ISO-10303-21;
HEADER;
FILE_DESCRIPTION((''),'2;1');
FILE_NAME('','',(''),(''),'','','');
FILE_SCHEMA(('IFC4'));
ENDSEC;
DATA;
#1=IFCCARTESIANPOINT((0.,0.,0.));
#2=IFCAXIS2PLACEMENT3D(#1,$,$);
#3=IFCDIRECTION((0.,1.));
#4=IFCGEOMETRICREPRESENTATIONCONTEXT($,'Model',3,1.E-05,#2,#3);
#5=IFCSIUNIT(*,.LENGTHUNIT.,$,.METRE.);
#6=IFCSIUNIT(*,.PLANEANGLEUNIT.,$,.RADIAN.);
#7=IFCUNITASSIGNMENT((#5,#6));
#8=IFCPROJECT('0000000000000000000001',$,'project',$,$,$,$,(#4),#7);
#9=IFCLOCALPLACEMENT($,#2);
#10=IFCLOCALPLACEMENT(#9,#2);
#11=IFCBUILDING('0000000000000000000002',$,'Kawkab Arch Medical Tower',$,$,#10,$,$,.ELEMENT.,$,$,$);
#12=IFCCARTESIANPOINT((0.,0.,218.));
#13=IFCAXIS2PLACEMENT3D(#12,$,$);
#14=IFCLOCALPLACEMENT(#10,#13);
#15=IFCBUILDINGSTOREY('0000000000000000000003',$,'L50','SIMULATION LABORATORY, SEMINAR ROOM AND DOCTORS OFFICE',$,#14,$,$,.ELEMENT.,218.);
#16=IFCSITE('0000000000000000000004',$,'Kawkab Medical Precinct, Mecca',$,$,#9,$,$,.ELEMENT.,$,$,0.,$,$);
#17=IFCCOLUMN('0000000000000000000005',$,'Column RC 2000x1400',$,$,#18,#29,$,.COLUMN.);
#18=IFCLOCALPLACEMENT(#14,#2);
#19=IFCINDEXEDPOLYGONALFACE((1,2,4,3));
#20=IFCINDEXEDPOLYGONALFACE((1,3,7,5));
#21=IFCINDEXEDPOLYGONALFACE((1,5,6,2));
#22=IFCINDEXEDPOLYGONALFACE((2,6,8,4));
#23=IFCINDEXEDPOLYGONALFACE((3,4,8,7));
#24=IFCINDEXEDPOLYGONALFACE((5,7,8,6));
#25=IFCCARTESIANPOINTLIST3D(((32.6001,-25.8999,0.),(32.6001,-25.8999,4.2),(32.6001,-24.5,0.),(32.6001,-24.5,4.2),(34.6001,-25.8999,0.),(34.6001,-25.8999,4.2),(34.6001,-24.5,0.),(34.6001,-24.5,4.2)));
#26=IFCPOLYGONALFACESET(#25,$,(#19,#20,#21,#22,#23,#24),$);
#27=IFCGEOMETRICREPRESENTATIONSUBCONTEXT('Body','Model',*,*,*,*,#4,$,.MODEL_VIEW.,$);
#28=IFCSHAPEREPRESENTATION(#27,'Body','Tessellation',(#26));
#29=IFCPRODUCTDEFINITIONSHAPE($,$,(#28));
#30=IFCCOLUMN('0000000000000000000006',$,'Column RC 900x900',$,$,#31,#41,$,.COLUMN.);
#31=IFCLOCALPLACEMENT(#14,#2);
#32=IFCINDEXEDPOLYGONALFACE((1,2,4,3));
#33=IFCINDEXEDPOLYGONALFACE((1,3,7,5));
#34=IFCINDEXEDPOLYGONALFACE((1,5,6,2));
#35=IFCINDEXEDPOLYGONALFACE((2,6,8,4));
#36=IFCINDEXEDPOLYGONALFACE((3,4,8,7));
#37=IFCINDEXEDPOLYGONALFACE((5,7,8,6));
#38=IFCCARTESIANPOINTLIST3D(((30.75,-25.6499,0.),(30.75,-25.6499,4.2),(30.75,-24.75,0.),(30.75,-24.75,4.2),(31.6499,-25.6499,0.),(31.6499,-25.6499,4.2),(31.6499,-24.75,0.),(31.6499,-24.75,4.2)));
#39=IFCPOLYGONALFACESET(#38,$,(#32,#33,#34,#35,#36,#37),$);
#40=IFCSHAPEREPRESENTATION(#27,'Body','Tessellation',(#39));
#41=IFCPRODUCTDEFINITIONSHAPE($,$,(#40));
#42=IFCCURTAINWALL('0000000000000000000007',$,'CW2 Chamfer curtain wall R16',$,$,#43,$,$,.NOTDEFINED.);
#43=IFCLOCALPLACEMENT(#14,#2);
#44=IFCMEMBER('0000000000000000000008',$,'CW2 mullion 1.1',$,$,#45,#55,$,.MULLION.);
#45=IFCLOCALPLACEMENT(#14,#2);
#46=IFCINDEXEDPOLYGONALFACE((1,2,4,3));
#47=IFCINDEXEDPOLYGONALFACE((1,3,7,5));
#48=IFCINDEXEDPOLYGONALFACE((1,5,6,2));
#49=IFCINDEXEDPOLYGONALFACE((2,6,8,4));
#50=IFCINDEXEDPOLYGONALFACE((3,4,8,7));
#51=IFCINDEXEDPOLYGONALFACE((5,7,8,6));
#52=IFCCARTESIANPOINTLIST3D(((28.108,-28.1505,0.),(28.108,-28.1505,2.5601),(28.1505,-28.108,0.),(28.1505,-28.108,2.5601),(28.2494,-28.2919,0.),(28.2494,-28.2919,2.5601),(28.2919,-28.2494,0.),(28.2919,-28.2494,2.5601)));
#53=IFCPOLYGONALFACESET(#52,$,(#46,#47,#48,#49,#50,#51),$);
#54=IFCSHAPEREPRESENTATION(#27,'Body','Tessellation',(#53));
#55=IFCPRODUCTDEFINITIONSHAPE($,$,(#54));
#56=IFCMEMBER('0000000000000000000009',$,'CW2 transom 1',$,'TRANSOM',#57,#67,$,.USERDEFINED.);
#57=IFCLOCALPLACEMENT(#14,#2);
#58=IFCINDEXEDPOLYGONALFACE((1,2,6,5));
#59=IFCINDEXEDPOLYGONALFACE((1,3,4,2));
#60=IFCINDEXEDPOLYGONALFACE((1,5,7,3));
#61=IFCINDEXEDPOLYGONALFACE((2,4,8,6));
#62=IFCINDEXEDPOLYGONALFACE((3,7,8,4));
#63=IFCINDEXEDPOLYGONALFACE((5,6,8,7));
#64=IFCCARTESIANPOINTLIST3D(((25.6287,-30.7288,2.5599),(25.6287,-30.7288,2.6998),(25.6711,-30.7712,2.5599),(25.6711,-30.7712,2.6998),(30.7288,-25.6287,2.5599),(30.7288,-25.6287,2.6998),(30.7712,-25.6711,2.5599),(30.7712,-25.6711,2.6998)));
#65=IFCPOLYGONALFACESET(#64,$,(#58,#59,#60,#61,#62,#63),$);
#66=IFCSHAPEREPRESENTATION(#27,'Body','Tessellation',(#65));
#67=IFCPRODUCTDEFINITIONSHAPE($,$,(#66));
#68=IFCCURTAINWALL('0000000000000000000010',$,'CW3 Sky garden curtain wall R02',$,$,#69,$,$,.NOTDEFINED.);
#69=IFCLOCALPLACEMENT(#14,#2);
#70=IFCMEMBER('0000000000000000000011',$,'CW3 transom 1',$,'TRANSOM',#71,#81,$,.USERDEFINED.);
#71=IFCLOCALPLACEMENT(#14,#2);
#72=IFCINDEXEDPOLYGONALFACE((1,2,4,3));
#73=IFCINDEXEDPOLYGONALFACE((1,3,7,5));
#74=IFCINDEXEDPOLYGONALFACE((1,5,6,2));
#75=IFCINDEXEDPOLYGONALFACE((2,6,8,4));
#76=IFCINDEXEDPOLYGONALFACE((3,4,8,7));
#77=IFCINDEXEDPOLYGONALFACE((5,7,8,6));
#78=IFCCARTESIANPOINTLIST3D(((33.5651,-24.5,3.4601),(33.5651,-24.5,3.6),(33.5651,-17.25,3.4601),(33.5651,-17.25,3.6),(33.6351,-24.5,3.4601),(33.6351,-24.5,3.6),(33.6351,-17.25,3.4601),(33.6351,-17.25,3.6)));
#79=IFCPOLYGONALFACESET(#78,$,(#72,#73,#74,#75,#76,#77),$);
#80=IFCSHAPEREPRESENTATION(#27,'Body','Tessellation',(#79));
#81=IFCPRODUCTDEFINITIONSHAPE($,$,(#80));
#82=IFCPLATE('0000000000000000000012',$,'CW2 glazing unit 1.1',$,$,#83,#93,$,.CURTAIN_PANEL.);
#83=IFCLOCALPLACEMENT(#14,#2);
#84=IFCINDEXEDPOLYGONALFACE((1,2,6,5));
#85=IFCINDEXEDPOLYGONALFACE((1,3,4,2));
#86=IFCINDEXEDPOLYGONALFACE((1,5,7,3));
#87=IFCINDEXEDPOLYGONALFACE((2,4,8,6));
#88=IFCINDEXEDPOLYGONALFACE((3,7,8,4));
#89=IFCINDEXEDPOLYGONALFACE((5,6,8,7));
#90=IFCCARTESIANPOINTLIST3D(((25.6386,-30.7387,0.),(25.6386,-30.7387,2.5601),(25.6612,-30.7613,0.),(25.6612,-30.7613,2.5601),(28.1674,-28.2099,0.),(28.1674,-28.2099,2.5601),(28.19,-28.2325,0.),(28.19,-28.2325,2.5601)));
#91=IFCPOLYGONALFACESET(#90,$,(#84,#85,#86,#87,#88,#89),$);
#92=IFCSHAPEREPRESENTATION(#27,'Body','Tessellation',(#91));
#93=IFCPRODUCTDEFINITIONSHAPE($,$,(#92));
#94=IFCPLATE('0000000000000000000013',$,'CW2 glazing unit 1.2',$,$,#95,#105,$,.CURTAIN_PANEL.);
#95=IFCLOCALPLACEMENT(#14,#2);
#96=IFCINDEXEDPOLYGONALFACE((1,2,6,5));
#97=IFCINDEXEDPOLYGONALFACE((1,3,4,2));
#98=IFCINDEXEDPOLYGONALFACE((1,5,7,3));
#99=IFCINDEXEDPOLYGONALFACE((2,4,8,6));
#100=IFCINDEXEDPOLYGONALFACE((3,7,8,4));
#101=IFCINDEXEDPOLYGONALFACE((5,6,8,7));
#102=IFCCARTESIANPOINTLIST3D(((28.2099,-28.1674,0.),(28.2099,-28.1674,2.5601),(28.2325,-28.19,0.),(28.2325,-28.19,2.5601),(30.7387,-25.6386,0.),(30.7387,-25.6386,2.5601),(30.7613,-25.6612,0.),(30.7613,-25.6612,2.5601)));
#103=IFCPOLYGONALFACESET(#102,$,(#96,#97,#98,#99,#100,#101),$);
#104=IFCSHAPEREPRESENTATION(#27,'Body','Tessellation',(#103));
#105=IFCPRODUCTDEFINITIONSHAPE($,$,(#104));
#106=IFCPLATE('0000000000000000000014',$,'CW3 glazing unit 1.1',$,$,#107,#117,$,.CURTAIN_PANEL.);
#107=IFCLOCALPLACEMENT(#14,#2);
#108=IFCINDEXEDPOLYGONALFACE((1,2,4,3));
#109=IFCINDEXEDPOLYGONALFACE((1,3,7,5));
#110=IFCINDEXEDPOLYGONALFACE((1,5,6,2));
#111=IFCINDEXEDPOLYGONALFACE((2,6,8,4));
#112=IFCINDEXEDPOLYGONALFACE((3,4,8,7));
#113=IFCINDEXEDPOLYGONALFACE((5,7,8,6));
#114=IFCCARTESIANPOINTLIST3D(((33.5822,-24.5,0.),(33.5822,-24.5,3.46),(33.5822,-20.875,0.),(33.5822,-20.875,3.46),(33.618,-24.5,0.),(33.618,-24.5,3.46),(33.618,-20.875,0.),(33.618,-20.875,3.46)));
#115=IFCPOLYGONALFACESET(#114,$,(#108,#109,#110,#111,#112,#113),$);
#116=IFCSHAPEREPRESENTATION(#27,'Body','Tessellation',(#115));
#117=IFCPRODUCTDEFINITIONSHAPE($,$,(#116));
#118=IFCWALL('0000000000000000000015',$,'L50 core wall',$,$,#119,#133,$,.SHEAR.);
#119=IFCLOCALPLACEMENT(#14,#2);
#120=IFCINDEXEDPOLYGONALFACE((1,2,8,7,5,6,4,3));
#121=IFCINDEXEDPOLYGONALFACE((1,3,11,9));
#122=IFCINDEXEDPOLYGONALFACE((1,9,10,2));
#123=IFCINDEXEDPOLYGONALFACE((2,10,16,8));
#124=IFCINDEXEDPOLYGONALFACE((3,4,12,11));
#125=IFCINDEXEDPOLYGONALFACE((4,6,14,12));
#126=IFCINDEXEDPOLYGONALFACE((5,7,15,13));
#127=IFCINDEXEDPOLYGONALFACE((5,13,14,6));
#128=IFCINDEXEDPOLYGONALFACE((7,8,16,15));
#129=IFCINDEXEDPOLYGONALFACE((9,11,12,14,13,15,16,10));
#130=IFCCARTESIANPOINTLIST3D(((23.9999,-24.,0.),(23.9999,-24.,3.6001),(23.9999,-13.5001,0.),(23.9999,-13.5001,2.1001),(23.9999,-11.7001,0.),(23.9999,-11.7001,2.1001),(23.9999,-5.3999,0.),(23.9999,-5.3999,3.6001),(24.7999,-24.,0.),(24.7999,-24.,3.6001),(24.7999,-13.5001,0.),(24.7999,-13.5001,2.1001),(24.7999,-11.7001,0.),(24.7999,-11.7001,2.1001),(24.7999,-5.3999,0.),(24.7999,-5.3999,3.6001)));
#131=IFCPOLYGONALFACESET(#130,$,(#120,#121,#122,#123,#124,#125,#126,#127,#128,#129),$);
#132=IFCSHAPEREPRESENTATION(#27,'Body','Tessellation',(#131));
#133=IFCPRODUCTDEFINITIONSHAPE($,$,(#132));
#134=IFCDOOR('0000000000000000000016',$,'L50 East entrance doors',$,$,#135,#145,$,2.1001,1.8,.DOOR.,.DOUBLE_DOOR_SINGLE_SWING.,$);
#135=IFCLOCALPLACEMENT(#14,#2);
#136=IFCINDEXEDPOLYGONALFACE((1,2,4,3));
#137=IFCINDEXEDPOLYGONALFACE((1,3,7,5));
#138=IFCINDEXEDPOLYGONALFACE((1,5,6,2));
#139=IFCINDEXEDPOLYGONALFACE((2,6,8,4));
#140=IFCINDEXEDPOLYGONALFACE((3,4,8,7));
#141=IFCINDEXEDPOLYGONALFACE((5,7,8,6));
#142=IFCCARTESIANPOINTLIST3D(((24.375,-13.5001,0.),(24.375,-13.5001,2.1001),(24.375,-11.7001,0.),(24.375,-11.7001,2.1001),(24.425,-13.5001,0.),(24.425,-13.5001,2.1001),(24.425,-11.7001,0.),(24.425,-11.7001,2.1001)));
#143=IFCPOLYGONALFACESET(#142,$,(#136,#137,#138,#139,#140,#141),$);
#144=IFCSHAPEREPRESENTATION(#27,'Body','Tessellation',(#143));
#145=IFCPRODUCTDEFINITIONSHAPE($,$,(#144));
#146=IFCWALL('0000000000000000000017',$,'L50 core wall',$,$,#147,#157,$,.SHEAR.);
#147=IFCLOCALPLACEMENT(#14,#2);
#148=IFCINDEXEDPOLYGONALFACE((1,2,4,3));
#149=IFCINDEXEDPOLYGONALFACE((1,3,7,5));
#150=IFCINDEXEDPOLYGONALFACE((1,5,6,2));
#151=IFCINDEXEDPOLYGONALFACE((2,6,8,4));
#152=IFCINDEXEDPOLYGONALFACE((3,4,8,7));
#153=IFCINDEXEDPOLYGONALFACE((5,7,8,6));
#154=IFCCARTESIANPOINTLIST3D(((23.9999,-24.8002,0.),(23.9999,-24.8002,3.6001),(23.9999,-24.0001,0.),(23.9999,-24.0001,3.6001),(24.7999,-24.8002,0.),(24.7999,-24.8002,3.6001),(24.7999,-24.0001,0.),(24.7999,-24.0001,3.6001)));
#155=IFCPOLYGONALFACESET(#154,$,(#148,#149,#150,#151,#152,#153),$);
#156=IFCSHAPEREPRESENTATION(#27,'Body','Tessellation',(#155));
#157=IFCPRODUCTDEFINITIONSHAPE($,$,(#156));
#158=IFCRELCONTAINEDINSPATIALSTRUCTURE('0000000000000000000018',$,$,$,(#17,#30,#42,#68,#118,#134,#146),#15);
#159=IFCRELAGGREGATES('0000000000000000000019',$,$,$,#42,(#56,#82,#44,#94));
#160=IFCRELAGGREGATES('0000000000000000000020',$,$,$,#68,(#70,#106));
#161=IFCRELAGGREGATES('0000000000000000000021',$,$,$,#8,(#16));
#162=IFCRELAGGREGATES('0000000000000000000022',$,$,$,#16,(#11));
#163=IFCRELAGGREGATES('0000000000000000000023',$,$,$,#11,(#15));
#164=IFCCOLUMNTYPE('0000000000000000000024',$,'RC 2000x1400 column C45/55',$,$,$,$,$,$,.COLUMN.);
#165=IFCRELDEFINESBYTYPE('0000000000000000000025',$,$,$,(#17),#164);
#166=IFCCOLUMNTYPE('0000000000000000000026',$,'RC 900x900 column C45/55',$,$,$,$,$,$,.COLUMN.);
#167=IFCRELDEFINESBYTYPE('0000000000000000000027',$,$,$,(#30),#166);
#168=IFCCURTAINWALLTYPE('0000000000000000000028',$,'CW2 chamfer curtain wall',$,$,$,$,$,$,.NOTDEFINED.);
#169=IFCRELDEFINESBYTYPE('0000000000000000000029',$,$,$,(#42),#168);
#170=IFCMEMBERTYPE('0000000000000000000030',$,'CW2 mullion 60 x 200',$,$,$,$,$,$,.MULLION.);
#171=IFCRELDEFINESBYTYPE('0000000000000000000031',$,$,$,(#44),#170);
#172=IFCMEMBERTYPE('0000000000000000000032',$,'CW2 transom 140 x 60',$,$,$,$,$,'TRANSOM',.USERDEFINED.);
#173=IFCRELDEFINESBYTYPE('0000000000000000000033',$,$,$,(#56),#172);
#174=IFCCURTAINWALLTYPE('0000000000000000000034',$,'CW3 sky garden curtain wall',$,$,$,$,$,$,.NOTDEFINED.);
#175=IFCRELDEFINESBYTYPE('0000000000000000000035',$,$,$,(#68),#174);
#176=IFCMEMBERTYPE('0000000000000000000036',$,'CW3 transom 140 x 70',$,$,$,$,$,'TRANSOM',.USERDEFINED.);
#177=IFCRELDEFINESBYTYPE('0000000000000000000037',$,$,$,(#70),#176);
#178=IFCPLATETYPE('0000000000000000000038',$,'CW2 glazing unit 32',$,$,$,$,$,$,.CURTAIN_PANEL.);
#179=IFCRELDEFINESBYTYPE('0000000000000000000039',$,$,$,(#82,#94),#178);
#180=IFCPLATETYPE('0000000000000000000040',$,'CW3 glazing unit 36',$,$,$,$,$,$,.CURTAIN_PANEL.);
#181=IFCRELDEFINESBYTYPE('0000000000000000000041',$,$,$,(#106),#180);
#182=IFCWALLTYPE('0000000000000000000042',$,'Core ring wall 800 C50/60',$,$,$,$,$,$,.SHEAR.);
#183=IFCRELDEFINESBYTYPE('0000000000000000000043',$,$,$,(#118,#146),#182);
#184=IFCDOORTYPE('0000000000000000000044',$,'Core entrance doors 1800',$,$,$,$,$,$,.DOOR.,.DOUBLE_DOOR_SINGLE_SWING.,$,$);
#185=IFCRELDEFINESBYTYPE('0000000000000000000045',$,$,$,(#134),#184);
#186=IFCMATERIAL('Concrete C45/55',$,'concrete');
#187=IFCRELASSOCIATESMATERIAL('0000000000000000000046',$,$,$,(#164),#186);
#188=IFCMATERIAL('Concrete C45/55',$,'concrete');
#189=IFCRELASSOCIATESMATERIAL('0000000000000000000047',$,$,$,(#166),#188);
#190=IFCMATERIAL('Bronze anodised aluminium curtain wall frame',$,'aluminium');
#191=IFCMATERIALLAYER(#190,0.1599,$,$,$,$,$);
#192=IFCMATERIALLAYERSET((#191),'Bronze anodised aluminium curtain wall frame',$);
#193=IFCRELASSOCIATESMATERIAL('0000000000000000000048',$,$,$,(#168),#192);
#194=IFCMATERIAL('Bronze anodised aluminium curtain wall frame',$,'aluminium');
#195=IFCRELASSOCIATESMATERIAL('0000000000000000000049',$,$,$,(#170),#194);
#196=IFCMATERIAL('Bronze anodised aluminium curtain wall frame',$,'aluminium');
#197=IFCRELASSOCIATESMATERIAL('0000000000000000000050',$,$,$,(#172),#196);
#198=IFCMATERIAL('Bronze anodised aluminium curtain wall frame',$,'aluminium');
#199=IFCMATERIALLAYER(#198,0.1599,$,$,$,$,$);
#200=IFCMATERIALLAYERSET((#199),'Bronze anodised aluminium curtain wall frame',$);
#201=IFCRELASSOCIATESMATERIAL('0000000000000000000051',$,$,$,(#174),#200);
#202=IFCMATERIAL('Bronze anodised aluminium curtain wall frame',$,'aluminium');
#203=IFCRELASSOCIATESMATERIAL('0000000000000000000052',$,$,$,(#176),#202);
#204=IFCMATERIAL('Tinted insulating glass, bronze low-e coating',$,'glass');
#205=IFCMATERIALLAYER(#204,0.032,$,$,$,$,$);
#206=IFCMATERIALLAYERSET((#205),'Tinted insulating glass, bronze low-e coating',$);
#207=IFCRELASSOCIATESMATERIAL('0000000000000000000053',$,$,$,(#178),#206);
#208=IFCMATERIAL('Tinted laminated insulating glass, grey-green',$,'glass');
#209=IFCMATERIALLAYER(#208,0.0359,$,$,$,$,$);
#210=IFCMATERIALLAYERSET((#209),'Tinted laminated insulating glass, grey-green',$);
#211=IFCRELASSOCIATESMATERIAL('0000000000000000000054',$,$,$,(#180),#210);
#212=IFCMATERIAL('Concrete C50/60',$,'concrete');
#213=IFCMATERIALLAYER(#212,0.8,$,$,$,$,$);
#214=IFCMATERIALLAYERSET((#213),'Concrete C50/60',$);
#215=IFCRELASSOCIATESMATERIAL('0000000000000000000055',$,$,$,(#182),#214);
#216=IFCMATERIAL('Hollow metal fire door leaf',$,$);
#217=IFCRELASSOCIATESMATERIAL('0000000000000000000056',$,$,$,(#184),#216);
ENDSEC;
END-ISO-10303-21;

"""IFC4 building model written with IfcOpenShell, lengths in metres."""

from ifc_helpers import new_model, si_unit, direction, frame, frame_2d, origin, origin_2d, place, context, subcontext, project, spatial, rectangle, extrude, material, layer, layer_set, material_profile, profile_set, type_object, element, fill, aggregate, save


model = new_model("IFC4")

# Units and contexts
model_context = context("Model", 3, precision=1e-05, world=origin(), true_north=direction((0.0, 1.0)))
body_context = subcontext(model_context, "Body", "Model", "MODEL_VIEW")
ifc_project = project(units=[si_unit("LENGTHUNIT", "METRE"), si_unit("PLANEANGLEUNIT", "RADIAN")], contexts=[model_context])

# Site, building, storey
site_placement = place(None, origin())
site = spatial("IfcSite", under=ifc_project, at=site_placement, Name="Kawkab Medical Precinct, Mecca", CompositionType="ELEMENT", RefElevation=0.0)
building_placement = place(site_placement, origin())
building = spatial("IfcBuilding", under=site, at=building_placement, Name="Kawkab Arch Medical Tower", CompositionType="ELEMENT")
storey_placement = place(building_placement, frame((0.0, 0.0, 218.0)))
storey = spatial("IfcBuildingStorey", under=building, at=storey_placement, Name="L50", Description="SIMULATION LABORATORY, SEMINAR ROOM AND DOCTORS OFFICE", CompositionType="ELEMENT", Elevation=218.0)

# Columns
ifc_material_1 = material(Name="Concrete C45/55", Category="concrete")
ifc_material_profile_1 = material_profile(ifc_material_1, rectangle(XDim=2.0, YDim=1.3999, at=origin_2d()), Name="RC 2000x1400")
ifc_profile_set_1 = profile_set([ifc_material_profile_1], Name="Concrete C45/55")
column_type_1 = type_object("IfcColumnType", Name="RC 2000x1400 column C45/55", PredefinedType="COLUMN", material=ifc_profile_set_1)
column_1_placement = place(storey_placement, frame((33.6001, -25.2, 0.0), z_axis=(0.0, 0.0, 1.0), x_axis=(-1.0, 0.0, 0.0)))
element("IfcColumn", 1, at=column_1_placement, inside=storey, type_object=column_type_1, Name="Column RC 2000x1400", PredefinedType="COLUMN", context=body_context, shape_type="SweptSolid", body=[
    extrude(rectangle(XDim=2.0, YDim=1.3999, at=origin_2d()), origin(), (0.0, 0.0, 1.0), 4.2),
])
ifc_material_2 = material(Name="Concrete C45/55", Category="concrete")
ifc_material_profile_2 = material_profile(ifc_material_2, rectangle(XDim=0.8999, YDim=0.8999, at=origin_2d()), Name="RC 900x900")
ifc_profile_set_2 = profile_set([ifc_material_profile_2], Name="Concrete C45/55")
column_type_2 = type_object("IfcColumnType", Name="RC 900x900 column C45/55", PredefinedType="COLUMN", material=ifc_profile_set_2)
column_2_placement = place(storey_placement, frame((31.2, -25.2, 0.0), z_axis=(0.0, 0.0, 1.0), x_axis=(1.0, 0.0, 0.0)))
element("IfcColumn", 2, at=column_2_placement, inside=storey, type_object=column_type_2, Name="Column RC 900x900", PredefinedType="COLUMN", context=body_context, shape_type="SweptSolid", body=[
    extrude(rectangle(XDim=0.8999, YDim=0.8999, at=origin_2d()), origin(), (0.0, 0.0, 1.0), 4.2),
])

# Curtain wall, members
ifc_material_3 = material(Name="Bronze anodised aluminium curtain wall frame", Category="aluminium")
ifc_layer_1 = layer(ifc_material_3, 0.1599)
ifc_layer_set_1 = layer_set([ifc_layer_1], Name="Bronze anodised aluminium curtain wall frame")
curtain_wall_type_1 = type_object("IfcCurtainWallType", Name="CW2 chamfer curtain wall", PredefinedType="NOTDEFINED", material=ifc_layer_set_1)
placement = place(storey_placement, origin())
curtain_wall_1 = element("IfcCurtainWall", 3, at=placement, inside=storey, type_object=curtain_wall_type_1, Name="CW2 Chamfer curtain wall R16", PredefinedType="NOTDEFINED")
ifc_material_4 = material(Name="Bronze anodised aluminium curtain wall frame", Category="aluminium")
ifc_material_profile_3 = material_profile(ifc_material_4, rectangle(XDim=0.2, YDim=0.0601, at=origin_2d()), Name="AL 60x200")
ifc_profile_set_3 = profile_set([ifc_material_profile_3], Name="Bronze anodised aluminium curtain wall frame")
member_type_1 = type_object("IfcMemberType", Name="CW2 mullion 60 x 200", PredefinedType="MULLION", material=ifc_profile_set_3)
member_1_placement = place(storey_placement, frame((28.2, -28.2, 0.0), z_axis=(0.0, 0.0, 1.0), x_axis=(-0.707107, 0.707107, 0.0)))
member_1 = element("IfcMember", 4, at=member_1_placement, type_object=member_type_1, Name="CW2 mullion 1.1", PredefinedType="MULLION", context=body_context, shape_type="SweptSolid", body=[
    extrude(rectangle(XDim=0.2, YDim=0.0601, at=origin_2d()), origin(), (0.0, 0.0, 1.0), 2.5601),
])
ifc_material_5 = material(Name="Bronze anodised aluminium curtain wall frame", Category="aluminium")
ifc_material_profile_4 = material_profile(ifc_material_5, rectangle(XDim=0.0601, YDim=0.1399, at=origin_2d()), Name="AL 60x140")
ifc_profile_set_4 = profile_set([ifc_material_profile_4], Name="Bronze anodised aluminium curtain wall frame")
member_type_2 = type_object("IfcMemberType", Name="CW2 transom 140 x 60", ElementType="TRANSOM", PredefinedType="USERDEFINED", material=ifc_profile_set_4)
member_2_placement = place(storey_placement, frame((25.6499, -30.75, 2.6299), z_axis=(0.707107, 0.707107, 0.0), x_axis=(-0.707107, 0.707107, 0.0)))
member_2 = element("IfcMember", 5, at=member_2_placement, type_object=member_type_2, Name="CW2 transom 1", ObjectType="TRANSOM", PredefinedType="USERDEFINED", context=body_context, shape_type="SweptSolid", body=[
    extrude(rectangle(XDim=0.0601, YDim=0.1399, at=origin_2d()), origin(), (0.0, 0.0, 1.0), 7.2126),
])

# Curtain wall, member
ifc_material_6 = material(Name="Bronze anodised aluminium curtain wall frame", Category="aluminium")
ifc_layer_2 = layer(ifc_material_6, 0.1599)
ifc_layer_set_2 = layer_set([ifc_layer_2], Name="Bronze anodised aluminium curtain wall frame")
curtain_wall_type_2 = type_object("IfcCurtainWallType", Name="CW3 sky garden curtain wall", PredefinedType="NOTDEFINED", material=ifc_layer_set_2)
curtain_wall_2 = element("IfcCurtainWall", 6, at=placement, inside=storey, type_object=curtain_wall_type_2, Name="CW3 Sky garden curtain wall R02", PredefinedType="NOTDEFINED")
ifc_material_7 = material(Name="Bronze anodised aluminium curtain wall frame", Category="aluminium")
ifc_material_profile_5 = material_profile(ifc_material_7, rectangle(XDim=0.0701, YDim=0.1399, at=origin_2d()), Name="AL 70x140")
ifc_profile_set_5 = profile_set([ifc_material_profile_5], Name="Bronze anodised aluminium curtain wall frame")
member_type_3 = type_object("IfcMemberType", Name="CW3 transom 140 x 70", ElementType="TRANSOM", PredefinedType="USERDEFINED", material=ifc_profile_set_5)
member_3_placement = place(storey_placement, frame((33.6001, -24.5, 3.53), z_axis=(0.0, 1.0, 0.0), x_axis=(-1.0, 0.0, 0.0)))
member_3 = element("IfcMember", 7, at=member_3_placement, type_object=member_type_3, Name="CW3 transom 1", ObjectType="TRANSOM", PredefinedType="USERDEFINED", context=body_context, shape_type="SweptSolid", body=[
    extrude(rectangle(XDim=0.0701, YDim=0.1399, at=origin_2d()), origin(), (0.0, 0.0, 1.0), 7.25),
])

# Plates
ifc_material_8 = material(Name="Tinted insulating glass, bronze low-e coating", Category="glass")
ifc_layer_3 = layer(ifc_material_8, 0.032)
ifc_layer_set_3 = layer_set([ifc_layer_3], Name="Tinted insulating glass, bronze low-e coating")
plate_type_1 = type_object("IfcPlateType", Name="CW2 glazing unit 32", PredefinedType="CURTAIN_PANEL", material=ifc_layer_set_3)
plate_1_placement = place(storey_placement, frame((26.9143, -29.4856, 0.0), z_axis=(0.0, 0.0, 1.0), x_axis=(0.707107, 0.707107, 0.0)))
plate_1 = element("IfcPlate", 8, at=plate_1_placement, type_object=plate_type_1, Name="CW2 glazing unit 1.1", PredefinedType="CURTAIN_PANEL", context=body_context, shape_type="SweptSolid", body=[
    extrude(rectangle(XDim=3.5762, YDim=0.032, at=origin_2d()), origin(), (0.0, 0.0, 1.0), 2.5601),
])
plate_2_placement = place(storey_placement, frame((29.4856, -26.9143, 0.0), z_axis=(0.0, 0.0, 1.0), x_axis=(0.707107, 0.707107, 0.0)))
plate_2 = element("IfcPlate", 9, at=plate_2_placement, type_object=plate_type_1, Name="CW2 glazing unit 1.2", PredefinedType="CURTAIN_PANEL", context=body_context, shape_type="SweptSolid", body=[
    extrude(rectangle(XDim=3.5762, YDim=0.032, at=origin_2d()), origin(), (0.0, 0.0, 1.0), 2.5601),
])
aggregate(curtain_wall_1, [member_2, plate_1, member_1, plate_2])
ifc_material_9 = material(Name="Tinted laminated insulating glass, grey-green", Category="glass")
ifc_layer_4 = layer(ifc_material_9, 0.0359)
ifc_layer_set_4 = layer_set([ifc_layer_4], Name="Tinted laminated insulating glass, grey-green")
plate_type_2 = type_object("IfcPlateType", Name="CW3 glazing unit 36", PredefinedType="CURTAIN_PANEL", material=ifc_layer_set_4)
plate_3_placement = place(storey_placement, frame((33.6001, -22.6875, 0.0), z_axis=(0.0, 0.0, 1.0), x_axis=(0.0, 1.0, 0.0)))
plate_3 = element("IfcPlate", 10, at=plate_3_placement, type_object=plate_type_2, Name="CW3 glazing unit 1.1", PredefinedType="CURTAIN_PANEL", context=body_context, shape_type="SweptSolid", body=[
    extrude(rectangle(XDim=3.625, YDim=0.0359, at=origin_2d()), origin(), (0.0, 0.0, 1.0), 3.46),
])
aggregate(curtain_wall_2, [member_3, plate_3])

# Wall, opening, door
ifc_material_10 = material(Name="Concrete C50/60", Category="concrete")
ifc_layer_5 = layer(ifc_material_10, 0.8)
ifc_layer_set_5 = layer_set([ifc_layer_5], Name="Concrete C50/60")
wall_type_1 = type_object("IfcWallType", Name="Core ring wall 800 C50/60", PredefinedType="SHEAR", material=ifc_layer_set_5)
wall_1_placement = place(storey_placement, frame((24.3999, -24.0, 0.0), z_axis=(0.0, 0.0, 1.0), x_axis=(0.0, 1.0, 0.0)))
wall_1 = element("IfcWall", 11, at=wall_1_placement, inside=storey, type_object=wall_type_1, Name="L50 core wall", PredefinedType="SHEAR", context=body_context, shape_type="SweptSolid", body=[
    extrude(rectangle(XDim=18.6001, YDim=0.8, at=frame_2d((9.3, 0.0))), origin(), (0.0, 0.0, 1.0), 3.6001),
])
opening_1_placement = place(wall_1_placement, frame((10.5, 0.0, 0.0)))
opening_1 = element("IfcOpeningElement", 12, at=opening_1_placement, cuts=wall_1, PredefinedType="OPENING", context=body_context, shape_type="SweptSolid", body=[
    extrude(rectangle(XDim=1.8, YDim=2.1001, at=frame_2d((0.8999, 1.05))), frame((0.0, 0.4099, 0.0), z_axis=(0.0, -1.0, 0.0), x_axis=(1.0, 0.0, 0.0)), (0.0, 0.0, 1.0), 0.8201),
])
ifc_material_11 = material(Name="Hollow metal fire door leaf")
door_type_1 = type_object("IfcDoorType", Name="Core entrance doors 1800", OperationType="DOUBLE_DOOR_SINGLE_SWING", PredefinedType="DOOR", material=ifc_material_11)
door_1_placement = place(opening_1_placement, origin())
door_1 = element("IfcDoor", 13, at=door_1_placement, inside=storey, type_object=door_type_1, Name="L50 East entrance doors", OperationType="DOUBLE_DOOR_SINGLE_SWING", OverallHeight=2.1001, OverallWidth=1.8, PredefinedType="DOOR", context=body_context, shape_type="SweptSolid", body=[
    extrude(rectangle(XDim=1.8, YDim=2.1001, at=frame_2d((0.8999, 1.05))), frame((0.0, 0.0249, 0.0), z_axis=(0.0, -1.0, 0.0), x_axis=(1.0, 0.0, 0.0)), (0.0, 0.0, 1.0), 0.05),
])
fill(opening_1, door_1)

# Wall
wall_2_placement = place(storey_placement, frame((24.3999, -24.8, 0.0), z_axis=(0.0, 0.0, 1.0), x_axis=(0.0, 1.0, 0.0)))
element("IfcWall", 14, at=wall_2_placement, inside=storey, type_object=wall_type_1, Name="L50 core wall", PredefinedType="SHEAR", context=body_context, shape_type="SweptSolid", body=[
    extrude(rectangle(XDim=0.8, YDim=0.8, at=frame_2d((0.3999, 0.0))), origin(), (0.0, 0.0, 1.0), 3.6001),
])

save(model, "model.ifc")
